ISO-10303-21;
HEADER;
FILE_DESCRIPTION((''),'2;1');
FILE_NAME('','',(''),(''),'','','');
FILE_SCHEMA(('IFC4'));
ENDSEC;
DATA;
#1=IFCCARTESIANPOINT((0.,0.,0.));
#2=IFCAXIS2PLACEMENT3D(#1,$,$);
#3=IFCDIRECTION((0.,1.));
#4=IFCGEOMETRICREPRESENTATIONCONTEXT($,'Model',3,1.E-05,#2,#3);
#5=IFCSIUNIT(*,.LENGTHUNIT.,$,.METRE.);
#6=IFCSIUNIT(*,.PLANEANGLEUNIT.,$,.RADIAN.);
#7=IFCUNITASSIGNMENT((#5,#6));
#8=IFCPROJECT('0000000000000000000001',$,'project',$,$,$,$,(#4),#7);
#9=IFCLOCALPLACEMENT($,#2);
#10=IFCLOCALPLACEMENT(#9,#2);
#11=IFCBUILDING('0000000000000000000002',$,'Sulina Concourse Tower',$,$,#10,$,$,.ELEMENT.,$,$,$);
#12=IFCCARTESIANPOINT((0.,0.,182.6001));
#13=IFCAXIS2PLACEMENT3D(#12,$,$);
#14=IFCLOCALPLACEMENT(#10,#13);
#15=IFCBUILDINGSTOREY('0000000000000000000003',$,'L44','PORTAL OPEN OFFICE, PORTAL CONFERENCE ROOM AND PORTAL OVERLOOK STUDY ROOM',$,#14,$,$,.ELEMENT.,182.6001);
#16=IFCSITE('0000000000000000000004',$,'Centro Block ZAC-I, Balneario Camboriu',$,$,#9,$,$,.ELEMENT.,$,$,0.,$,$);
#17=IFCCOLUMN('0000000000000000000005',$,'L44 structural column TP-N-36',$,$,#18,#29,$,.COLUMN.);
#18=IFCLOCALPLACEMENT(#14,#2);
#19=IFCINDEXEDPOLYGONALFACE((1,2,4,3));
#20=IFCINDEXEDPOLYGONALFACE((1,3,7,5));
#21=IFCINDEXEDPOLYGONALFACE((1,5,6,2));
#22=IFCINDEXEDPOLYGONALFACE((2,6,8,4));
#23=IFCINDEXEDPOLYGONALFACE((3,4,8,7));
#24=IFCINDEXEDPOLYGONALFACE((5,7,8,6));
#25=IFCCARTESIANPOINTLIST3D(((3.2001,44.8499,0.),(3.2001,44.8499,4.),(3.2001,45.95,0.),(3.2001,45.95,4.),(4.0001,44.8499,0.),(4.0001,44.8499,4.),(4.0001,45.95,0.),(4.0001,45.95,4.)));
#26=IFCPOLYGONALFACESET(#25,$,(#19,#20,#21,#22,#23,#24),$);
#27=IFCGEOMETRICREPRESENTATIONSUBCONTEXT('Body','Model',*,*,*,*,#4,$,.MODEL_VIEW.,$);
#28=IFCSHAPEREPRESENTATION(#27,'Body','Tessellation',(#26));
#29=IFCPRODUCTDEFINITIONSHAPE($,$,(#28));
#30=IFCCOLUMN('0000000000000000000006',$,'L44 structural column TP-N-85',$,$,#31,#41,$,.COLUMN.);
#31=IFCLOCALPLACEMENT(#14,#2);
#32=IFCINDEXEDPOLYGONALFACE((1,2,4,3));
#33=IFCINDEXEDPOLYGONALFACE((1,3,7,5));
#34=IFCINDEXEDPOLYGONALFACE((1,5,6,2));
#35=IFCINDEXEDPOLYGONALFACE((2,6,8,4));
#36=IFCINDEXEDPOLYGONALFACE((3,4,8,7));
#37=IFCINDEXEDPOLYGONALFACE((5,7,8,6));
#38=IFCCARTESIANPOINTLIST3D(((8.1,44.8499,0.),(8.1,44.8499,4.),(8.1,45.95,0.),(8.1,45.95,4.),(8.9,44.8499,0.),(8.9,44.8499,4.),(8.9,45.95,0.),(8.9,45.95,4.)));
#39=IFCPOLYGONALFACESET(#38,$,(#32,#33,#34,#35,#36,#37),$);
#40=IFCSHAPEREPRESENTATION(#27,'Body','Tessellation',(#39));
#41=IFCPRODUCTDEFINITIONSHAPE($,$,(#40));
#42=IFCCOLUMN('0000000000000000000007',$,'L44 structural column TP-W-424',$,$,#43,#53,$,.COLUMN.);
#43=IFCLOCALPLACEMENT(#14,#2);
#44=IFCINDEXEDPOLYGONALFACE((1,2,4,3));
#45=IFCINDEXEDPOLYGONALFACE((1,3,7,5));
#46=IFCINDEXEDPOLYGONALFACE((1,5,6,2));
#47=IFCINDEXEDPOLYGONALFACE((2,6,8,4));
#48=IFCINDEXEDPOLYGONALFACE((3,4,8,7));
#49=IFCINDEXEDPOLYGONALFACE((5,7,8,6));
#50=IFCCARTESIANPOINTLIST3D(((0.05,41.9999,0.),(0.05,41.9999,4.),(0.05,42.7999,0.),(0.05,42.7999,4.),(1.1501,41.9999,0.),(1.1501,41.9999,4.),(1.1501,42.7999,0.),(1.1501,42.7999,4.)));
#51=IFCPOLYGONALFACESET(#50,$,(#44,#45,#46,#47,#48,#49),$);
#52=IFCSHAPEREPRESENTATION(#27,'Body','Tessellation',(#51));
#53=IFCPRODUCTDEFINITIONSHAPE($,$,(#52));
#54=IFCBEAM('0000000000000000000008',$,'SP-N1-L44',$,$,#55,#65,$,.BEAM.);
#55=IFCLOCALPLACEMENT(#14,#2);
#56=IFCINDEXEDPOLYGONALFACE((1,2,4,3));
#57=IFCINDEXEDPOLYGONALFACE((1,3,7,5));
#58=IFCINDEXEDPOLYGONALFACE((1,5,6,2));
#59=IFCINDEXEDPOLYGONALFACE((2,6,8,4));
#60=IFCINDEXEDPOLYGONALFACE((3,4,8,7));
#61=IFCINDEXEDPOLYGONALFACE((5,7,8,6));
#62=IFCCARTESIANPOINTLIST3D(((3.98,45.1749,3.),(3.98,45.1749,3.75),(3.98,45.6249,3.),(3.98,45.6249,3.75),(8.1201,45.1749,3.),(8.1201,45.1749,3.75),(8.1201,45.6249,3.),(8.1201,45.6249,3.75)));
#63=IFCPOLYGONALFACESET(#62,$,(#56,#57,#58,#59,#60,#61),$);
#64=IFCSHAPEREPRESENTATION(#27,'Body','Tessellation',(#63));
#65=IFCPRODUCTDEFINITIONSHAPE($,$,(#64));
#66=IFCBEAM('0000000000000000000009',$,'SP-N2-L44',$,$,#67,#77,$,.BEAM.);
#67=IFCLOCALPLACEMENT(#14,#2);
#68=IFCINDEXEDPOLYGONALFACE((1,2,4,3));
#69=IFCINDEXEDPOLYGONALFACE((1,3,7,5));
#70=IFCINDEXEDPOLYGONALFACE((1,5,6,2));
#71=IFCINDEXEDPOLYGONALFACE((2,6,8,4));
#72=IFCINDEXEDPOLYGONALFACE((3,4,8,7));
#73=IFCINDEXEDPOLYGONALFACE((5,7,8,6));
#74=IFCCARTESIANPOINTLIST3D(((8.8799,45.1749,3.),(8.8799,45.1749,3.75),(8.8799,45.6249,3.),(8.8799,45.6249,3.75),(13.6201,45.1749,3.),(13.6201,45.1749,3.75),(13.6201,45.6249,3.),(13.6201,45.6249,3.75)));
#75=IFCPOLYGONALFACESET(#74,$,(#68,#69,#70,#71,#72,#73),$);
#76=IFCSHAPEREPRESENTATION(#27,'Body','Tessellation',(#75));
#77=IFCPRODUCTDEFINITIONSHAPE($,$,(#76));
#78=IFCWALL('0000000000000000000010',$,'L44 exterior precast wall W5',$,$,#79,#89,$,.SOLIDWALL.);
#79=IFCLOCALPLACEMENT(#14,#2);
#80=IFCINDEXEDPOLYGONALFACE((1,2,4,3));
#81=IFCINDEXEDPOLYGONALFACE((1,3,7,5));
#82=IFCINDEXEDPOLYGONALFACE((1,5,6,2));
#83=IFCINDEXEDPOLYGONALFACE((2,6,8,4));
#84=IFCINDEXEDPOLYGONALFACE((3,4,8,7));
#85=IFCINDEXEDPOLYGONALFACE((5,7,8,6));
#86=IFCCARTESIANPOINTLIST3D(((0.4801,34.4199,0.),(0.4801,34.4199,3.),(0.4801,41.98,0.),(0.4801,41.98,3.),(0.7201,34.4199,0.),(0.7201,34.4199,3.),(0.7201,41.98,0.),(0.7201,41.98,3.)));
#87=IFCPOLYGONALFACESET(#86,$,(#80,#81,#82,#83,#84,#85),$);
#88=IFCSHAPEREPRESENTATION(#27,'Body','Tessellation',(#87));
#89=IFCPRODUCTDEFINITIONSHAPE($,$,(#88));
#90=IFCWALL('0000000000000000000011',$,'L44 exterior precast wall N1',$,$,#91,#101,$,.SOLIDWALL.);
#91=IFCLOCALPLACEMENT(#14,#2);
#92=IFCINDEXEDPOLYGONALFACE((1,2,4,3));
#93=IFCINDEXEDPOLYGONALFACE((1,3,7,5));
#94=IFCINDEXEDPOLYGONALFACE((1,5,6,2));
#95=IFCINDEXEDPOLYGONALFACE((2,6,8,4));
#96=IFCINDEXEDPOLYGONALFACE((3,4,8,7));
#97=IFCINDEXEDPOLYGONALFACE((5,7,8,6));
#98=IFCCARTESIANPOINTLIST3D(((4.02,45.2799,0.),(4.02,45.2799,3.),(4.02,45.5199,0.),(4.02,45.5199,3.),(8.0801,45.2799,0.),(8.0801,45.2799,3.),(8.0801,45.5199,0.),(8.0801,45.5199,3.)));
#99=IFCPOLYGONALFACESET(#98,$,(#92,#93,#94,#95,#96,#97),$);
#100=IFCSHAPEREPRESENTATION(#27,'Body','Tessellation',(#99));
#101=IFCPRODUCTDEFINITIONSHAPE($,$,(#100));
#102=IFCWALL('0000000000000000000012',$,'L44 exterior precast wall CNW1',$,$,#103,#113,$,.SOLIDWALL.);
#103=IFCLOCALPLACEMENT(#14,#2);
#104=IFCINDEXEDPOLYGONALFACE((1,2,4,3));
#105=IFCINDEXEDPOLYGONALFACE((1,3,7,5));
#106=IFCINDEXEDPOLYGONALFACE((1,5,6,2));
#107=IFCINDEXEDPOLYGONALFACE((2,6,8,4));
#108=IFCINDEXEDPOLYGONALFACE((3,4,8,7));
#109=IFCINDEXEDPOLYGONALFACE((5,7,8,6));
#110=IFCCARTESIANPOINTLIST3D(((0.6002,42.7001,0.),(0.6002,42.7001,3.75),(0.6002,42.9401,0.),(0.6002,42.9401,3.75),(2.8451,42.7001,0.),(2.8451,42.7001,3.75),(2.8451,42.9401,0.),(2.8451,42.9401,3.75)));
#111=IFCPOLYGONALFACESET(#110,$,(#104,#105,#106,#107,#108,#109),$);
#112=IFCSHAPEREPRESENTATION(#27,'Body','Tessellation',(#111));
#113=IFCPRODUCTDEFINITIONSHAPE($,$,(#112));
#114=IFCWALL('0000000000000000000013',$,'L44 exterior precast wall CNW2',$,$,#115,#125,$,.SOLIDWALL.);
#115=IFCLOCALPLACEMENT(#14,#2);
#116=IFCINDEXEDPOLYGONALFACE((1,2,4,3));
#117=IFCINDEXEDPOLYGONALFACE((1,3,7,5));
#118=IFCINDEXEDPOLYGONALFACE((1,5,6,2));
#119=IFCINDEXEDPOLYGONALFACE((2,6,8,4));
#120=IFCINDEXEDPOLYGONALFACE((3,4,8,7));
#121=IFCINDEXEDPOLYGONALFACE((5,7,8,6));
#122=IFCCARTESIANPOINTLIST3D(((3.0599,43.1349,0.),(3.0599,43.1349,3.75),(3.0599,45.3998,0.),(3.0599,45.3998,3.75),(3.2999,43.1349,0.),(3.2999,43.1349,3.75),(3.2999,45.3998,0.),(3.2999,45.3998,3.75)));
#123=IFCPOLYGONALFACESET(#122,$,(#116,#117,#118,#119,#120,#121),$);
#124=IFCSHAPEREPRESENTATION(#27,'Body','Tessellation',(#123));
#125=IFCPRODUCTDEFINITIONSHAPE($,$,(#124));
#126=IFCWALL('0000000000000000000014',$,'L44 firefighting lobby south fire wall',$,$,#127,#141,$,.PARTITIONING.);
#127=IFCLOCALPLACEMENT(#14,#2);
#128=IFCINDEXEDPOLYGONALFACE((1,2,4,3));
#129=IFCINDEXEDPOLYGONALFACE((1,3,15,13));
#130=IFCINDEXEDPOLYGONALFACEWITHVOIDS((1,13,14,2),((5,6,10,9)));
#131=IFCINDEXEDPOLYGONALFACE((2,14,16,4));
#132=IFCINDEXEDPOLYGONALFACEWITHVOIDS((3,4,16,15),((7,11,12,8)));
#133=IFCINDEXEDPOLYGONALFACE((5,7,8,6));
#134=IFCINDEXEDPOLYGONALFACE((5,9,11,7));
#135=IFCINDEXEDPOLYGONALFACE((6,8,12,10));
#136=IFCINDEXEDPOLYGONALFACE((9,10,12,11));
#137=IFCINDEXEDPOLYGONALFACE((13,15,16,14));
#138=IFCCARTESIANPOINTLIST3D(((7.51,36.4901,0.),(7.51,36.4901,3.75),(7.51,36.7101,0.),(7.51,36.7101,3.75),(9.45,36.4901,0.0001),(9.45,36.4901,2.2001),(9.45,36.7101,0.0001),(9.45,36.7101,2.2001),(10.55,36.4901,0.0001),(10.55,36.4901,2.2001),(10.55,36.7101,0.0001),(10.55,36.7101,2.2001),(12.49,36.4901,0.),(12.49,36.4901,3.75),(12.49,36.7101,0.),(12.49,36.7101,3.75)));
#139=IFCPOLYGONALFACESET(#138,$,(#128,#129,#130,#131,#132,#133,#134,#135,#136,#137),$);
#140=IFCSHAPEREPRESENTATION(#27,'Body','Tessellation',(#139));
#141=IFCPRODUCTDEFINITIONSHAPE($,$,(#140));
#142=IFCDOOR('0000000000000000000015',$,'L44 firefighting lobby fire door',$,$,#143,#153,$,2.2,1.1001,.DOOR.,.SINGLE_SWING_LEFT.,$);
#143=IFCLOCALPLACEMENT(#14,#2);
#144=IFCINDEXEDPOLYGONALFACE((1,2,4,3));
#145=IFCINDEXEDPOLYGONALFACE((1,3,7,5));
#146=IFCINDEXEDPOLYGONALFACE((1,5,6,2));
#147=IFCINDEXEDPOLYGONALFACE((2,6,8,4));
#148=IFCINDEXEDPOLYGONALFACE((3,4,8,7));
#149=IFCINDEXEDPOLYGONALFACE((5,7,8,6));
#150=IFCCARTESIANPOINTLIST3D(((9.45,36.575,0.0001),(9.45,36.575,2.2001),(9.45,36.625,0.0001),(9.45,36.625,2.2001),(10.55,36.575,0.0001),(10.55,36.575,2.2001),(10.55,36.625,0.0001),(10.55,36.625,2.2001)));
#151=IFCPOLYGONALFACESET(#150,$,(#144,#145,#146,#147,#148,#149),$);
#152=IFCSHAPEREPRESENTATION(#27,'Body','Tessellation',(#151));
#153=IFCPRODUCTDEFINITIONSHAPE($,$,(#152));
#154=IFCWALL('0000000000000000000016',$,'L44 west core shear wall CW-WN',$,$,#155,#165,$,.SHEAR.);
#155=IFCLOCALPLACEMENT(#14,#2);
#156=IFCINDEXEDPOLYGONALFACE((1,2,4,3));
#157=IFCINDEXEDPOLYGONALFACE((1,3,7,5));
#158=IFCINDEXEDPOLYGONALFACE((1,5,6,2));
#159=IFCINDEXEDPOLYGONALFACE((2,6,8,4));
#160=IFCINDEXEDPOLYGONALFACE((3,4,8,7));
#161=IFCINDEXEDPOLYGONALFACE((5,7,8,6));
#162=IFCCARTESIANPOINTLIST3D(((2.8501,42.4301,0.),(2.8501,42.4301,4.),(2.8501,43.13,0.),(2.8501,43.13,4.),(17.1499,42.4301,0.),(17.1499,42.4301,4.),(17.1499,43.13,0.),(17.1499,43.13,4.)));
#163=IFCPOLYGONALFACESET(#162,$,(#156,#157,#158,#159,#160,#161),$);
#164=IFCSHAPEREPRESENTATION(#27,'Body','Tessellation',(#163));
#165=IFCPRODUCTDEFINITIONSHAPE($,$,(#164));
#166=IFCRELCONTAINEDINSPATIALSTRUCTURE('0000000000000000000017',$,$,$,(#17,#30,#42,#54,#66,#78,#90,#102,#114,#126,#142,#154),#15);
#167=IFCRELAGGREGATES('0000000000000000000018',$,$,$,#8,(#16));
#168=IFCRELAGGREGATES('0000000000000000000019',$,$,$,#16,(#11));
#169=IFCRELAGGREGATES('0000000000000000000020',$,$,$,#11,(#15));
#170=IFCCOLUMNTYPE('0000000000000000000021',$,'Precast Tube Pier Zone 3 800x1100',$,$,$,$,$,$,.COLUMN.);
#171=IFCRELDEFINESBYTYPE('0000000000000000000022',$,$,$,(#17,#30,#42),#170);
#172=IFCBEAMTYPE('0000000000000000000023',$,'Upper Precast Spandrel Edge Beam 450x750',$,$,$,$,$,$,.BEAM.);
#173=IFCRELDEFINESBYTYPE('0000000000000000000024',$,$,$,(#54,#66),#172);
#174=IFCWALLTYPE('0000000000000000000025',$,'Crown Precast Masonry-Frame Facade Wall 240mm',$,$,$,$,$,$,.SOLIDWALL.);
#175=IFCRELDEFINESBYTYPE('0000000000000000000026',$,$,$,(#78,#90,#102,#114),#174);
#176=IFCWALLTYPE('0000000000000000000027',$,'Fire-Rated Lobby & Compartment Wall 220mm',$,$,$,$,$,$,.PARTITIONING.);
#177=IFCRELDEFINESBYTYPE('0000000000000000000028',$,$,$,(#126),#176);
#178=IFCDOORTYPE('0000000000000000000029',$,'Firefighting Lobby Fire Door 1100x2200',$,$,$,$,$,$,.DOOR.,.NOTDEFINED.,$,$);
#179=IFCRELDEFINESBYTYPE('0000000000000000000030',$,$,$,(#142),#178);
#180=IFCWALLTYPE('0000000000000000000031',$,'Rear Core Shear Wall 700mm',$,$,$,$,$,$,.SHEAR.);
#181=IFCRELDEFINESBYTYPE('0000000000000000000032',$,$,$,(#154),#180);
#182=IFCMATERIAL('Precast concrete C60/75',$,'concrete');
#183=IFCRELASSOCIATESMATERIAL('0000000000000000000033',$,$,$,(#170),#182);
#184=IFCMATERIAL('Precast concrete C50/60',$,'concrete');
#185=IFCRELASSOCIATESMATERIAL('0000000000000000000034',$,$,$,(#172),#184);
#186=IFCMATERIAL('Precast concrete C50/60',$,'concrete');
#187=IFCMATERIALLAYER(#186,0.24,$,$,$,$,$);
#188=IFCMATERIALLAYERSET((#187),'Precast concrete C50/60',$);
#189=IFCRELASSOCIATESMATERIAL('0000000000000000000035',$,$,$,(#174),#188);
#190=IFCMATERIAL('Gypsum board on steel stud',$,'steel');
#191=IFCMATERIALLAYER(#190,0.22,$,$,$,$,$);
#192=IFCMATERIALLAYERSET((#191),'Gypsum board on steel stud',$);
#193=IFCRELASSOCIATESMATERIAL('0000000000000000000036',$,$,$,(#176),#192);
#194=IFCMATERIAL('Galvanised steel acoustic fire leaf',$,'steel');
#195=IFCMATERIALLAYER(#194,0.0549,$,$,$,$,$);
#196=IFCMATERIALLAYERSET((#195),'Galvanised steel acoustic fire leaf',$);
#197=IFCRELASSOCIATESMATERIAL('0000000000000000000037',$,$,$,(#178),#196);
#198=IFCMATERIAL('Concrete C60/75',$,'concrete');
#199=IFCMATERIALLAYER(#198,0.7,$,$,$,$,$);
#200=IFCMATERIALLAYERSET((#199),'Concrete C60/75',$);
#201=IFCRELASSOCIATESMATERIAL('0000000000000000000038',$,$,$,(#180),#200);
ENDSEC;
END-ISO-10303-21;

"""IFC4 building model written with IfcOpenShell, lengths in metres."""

from ifc_helpers import new_model, si_unit, direction, frame, frame_2d, origin, origin_2d, place, context, subcontext, project, spatial, rectangle, extrude, material, layer, layer_set, material_profile, profile_set, type_object, element, fill, save


model = new_model("IFC4")

# Units and contexts
model_context = context("Model", 3, precision=1e-05, world=origin(), true_north=direction((0.0, 1.0)))
body_context = subcontext(model_context, "Body", "Model", "MODEL_VIEW")
ifc_project = project(units=[si_unit("LENGTHUNIT", "METRE"), si_unit("PLANEANGLEUNIT", "RADIAN")], contexts=[model_context])

# Site, building, storey
site_placement = place(None, origin())
site = spatial("IfcSite", under=ifc_project, at=site_placement, Name="Centro Block ZAC-I, Balneario Camboriu", CompositionType="ELEMENT", RefElevation=0.0)
building_placement = place(site_placement, origin())
building = spatial("IfcBuilding", under=site, at=building_placement, Name="Sulina Concourse Tower", CompositionType="ELEMENT")
storey_placement = place(building_placement, frame((0.0, 0.0, 182.6001)))
storey = spatial("IfcBuildingStorey", under=building, at=storey_placement, Name="L44", Description="PORTAL OPEN OFFICE, PORTAL CONFERENCE ROOM AND PORTAL OVERLOOK STUDY ROOM", CompositionType="ELEMENT", Elevation=182.6001)

# Columns
ifc_material_1 = material(Name="Precast concrete C60/75", Category="concrete")
ifc_material_profile_1 = material_profile(ifc_material_1, rectangle(XDim=0.8, YDim=1.1001, at=origin_2d()), Name="PC 800x1100")
ifc_profile_set_1 = profile_set([ifc_material_profile_1], Name="Precast concrete C60/75")
column_type = type_object("IfcColumnType", Name="Precast Tube Pier Zone 3 800x1100", PredefinedType="COLUMN", material=ifc_profile_set_1)
for number, where, z_axis, x_axis, name in (
    (1, (3.6001, 45.3999, 0.0), (0.0, 0.0, 1.0), (1.0, 0.0, 0.0), "L44 structural column TP-N-36"),
    (2, (8.5, 45.3999, 0.0), (0.0, 0.0, 1.0), (1.0, 0.0, 0.0), "L44 structural column TP-N-85"),
    (3, (0.6001, 42.3999, 0.0), (0.0, 0.0, 1.0), (0.0, 1.0, 0.0), "L44 structural column TP-W-424"),
):
    element("IfcColumn", number, at=place(storey_placement, frame(where, z_axis=z_axis, x_axis=x_axis)), inside=storey, type_object=column_type, Name=name, PredefinedType="COLUMN", context=body_context, shape_type="SweptSolid", body=[
        extrude(rectangle(XDim=0.8, YDim=1.1001, at=origin_2d()), origin(), (0.0, 0.0, 1.0), 4.0),
    ])

# Beams
ifc_material_2 = material(Name="Precast concrete C50/60", Category="concrete")
ifc_material_profile_2 = material_profile(ifc_material_2, rectangle(XDim=0.45, YDim=0.75, at=origin_2d()), Name="RC 450x750")
ifc_profile_set_2 = profile_set([ifc_material_profile_2], Name="Precast concrete C50/60")
beam_type = type_object("IfcBeamType", Name="Upper Precast Spandrel Edge Beam 450x750", PredefinedType="BEAM", material=ifc_profile_set_2)
beam_1_placement = place(storey_placement, frame((3.98, 45.3999, 3.375), z_axis=(1.0, 0.0, 0.0), x_axis=(0.0, 1.0, 0.0)))
element("IfcBeam", 4, at=beam_1_placement, inside=storey, type_object=beam_type, Name="SP-N1-L44", PredefinedType="BEAM", context=body_context, shape_type="SweptSolid", body=[
    extrude(rectangle(XDim=0.45, YDim=0.75, at=origin_2d()), origin(), (0.0, 0.0, 1.0), 4.1401),
])
beam_2_placement = place(storey_placement, frame((8.8799, 45.3999, 3.375), z_axis=(1.0, 0.0, 0.0), x_axis=(0.0, 1.0, 0.0)))
element("IfcBeam", 5, at=beam_2_placement, inside=storey, type_object=beam_type, Name="SP-N2-L44", PredefinedType="BEAM", context=body_context, shape_type="SweptSolid", body=[
    extrude(rectangle(XDim=0.45, YDim=0.75, at=origin_2d()), origin(), (0.0, 0.0, 1.0), 4.7402),
])

# Walls
ifc_material_3 = material(Name="Precast concrete C50/60", Category="concrete")
ifc_layer_1 = layer(ifc_material_3, 0.24)
ifc_layer_set_1 = layer_set([ifc_layer_1], Name="Precast concrete C50/60")
wall_type_1 = type_object("IfcWallType", Name="Crown Precast Masonry-Frame Facade Wall 240mm", PredefinedType="SOLIDWALL", material=ifc_layer_set_1)
wall_1_placement = place(storey_placement, frame((0.6001, 34.4199, 0.0), z_axis=(0.0, 0.0, 1.0), x_axis=(0.0, 1.0, 0.0)))
element("IfcWall", 6, at=wall_1_placement, inside=storey, type_object=wall_type_1, Name="L44 exterior precast wall W5", PredefinedType="SOLIDWALL", context=body_context, shape_type="SweptSolid", body=[
    extrude(rectangle(XDim=7.5601, YDim=0.24, at=frame_2d((3.78, 0.0))), origin(), (0.0, 0.0, 1.0), 3.0),
])
wall_2_placement = place(storey_placement, frame((4.02, 45.3999, 0.0), z_axis=(0.0, 0.0, 1.0), x_axis=(1.0, 0.0, 0.0)))
element("IfcWall", 7, at=wall_2_placement, inside=storey, type_object=wall_type_1, Name="L44 exterior precast wall N1", PredefinedType="SOLIDWALL", context=body_context, shape_type="SweptSolid", body=[
    extrude(rectangle(XDim=4.0601, YDim=0.24, at=frame_2d((2.03, 0.0))), origin(), (0.0, 0.0, 1.0), 3.0),
])
wall_3_placement = place(storey_placement, frame((0.6001, 42.8201, 0.0), z_axis=(0.0, 0.0, 1.0), x_axis=(1.0, 0.0, 0.0)))
element("IfcWall", 8, at=wall_3_placement, inside=storey, type_object=wall_type_1, Name="L44 exterior precast wall CNW1", PredefinedType="SOLIDWALL", context=body_context, shape_type="SweptSolid", body=[
    extrude(rectangle(XDim=2.2449, YDim=0.24, at=frame_2d((1.1226, 0.0))), origin(), (0.0, 0.0, 1.0), 3.75),
])
wall_4_placement = place(storey_placement, frame((3.1799, 43.135, 0.0), z_axis=(0.0, 0.0, 1.0), x_axis=(0.0, 1.0, 0.0)))
element("IfcWall", 9, at=wall_4_placement, inside=storey, type_object=wall_type_1, Name="L44 exterior precast wall CNW2", PredefinedType="SOLIDWALL", context=body_context, shape_type="SweptSolid", body=[
    extrude(rectangle(XDim=2.2649, YDim=0.24, at=frame_2d((1.1323, 0.0))), origin(), (0.0, 0.0, 1.0), 3.75),
])

# Wall, opening, door
ifc_material_4 = material(Name="Gypsum board on steel stud", Category="steel")
ifc_layer_2 = layer(ifc_material_4, 0.22)
ifc_layer_set_2 = layer_set([ifc_layer_2], Name="Gypsum board on steel stud")
wall_type_2 = type_object("IfcWallType", Name="Fire-Rated Lobby & Compartment Wall 220mm", PredefinedType="PARTITIONING", material=ifc_layer_set_2)
wall_5_placement = place(storey_placement, frame((7.51, 36.6001, 0.0), z_axis=(0.0, 0.0, 1.0), x_axis=(1.0, 0.0, 0.0)))
wall_5 = element("IfcWall", 10, at=wall_5_placement, inside=storey, type_object=wall_type_2, Name="L44 firefighting lobby south fire wall", PredefinedType="PARTITIONING", context=body_context, shape_type="SweptSolid", body=[
    extrude(rectangle(XDim=4.98, YDim=0.22, at=frame_2d((2.49, 0.0))), origin(), (0.0, 0.0, 1.0), 3.75),
])
opening_placement = place(wall_5_placement, frame((1.9399, 0.0, 0.0)))
opening = element("IfcOpeningElement", 11, at=opening_placement, cuts=wall_5, PredefinedType="OPENING", context=body_context, shape_type="SweptSolid", body=[
    extrude(rectangle(XDim=1.1001, YDim=2.2, at=frame_2d((0.55, 1.1001))), frame((0.0, 0.1199, 0.0), z_axis=(0.0, -1.0, 0.0), x_axis=(1.0, 0.0, 0.0)), (0.0, 0.0, 1.0), 0.24),
])
ifc_material_5 = material(Name="Galvanised steel acoustic fire leaf", Category="steel")
ifc_layer_3 = layer(ifc_material_5, 0.0549)
ifc_layer_set_3 = layer_set([ifc_layer_3], Name="Galvanised steel acoustic fire leaf")
door_type = type_object("IfcDoorType", Name="Firefighting Lobby Fire Door 1100x2200", OperationType="NOTDEFINED", PredefinedType="DOOR", material=ifc_layer_set_3)
door_placement = place(opening_placement, origin())
door = element("IfcDoor", 12, at=door_placement, inside=storey, type_object=door_type, Name="L44 firefighting lobby fire door", OperationType="SINGLE_SWING_LEFT", OverallHeight=2.2, OverallWidth=1.1001, PredefinedType="DOOR", context=body_context, shape_type="SweptSolid", body=[
    extrude(rectangle(XDim=1.1001, YDim=2.2, at=frame_2d((0.55, 1.1001))), frame((0.0, 0.0249, 0.0), z_axis=(0.0, -1.0, 0.0), x_axis=(1.0, 0.0, 0.0)), (0.0, 0.0, 1.0), 0.05),
])
fill(opening, door)

# Wall
ifc_material_6 = material(Name="Concrete C60/75", Category="concrete")
ifc_layer_4 = layer(ifc_material_6, 0.7)
ifc_layer_set_4 = layer_set([ifc_layer_4], Name="Concrete C60/75")
wall_type_3 = type_object("IfcWallType", Name="Rear Core Shear Wall 700mm", PredefinedType="SHEAR", material=ifc_layer_set_4)
wall_6_placement = place(storey_placement, frame((2.8501, 42.78, 0.0), z_axis=(0.0, 0.0, 1.0), x_axis=(1.0, 0.0, 0.0)))
element("IfcWall", 13, at=wall_6_placement, inside=storey, type_object=wall_type_3, Name="L44 west core shear wall CW-WN", PredefinedType="SHEAR", context=body_context, shape_type="SweptSolid", body=[
    extrude(rectangle(XDim=14.2998, YDim=0.7, at=frame_2d((7.1499, 0.0))), origin(), (0.0, 0.0, 1.0), 4.0),
])

save(model, "model.ifc")
